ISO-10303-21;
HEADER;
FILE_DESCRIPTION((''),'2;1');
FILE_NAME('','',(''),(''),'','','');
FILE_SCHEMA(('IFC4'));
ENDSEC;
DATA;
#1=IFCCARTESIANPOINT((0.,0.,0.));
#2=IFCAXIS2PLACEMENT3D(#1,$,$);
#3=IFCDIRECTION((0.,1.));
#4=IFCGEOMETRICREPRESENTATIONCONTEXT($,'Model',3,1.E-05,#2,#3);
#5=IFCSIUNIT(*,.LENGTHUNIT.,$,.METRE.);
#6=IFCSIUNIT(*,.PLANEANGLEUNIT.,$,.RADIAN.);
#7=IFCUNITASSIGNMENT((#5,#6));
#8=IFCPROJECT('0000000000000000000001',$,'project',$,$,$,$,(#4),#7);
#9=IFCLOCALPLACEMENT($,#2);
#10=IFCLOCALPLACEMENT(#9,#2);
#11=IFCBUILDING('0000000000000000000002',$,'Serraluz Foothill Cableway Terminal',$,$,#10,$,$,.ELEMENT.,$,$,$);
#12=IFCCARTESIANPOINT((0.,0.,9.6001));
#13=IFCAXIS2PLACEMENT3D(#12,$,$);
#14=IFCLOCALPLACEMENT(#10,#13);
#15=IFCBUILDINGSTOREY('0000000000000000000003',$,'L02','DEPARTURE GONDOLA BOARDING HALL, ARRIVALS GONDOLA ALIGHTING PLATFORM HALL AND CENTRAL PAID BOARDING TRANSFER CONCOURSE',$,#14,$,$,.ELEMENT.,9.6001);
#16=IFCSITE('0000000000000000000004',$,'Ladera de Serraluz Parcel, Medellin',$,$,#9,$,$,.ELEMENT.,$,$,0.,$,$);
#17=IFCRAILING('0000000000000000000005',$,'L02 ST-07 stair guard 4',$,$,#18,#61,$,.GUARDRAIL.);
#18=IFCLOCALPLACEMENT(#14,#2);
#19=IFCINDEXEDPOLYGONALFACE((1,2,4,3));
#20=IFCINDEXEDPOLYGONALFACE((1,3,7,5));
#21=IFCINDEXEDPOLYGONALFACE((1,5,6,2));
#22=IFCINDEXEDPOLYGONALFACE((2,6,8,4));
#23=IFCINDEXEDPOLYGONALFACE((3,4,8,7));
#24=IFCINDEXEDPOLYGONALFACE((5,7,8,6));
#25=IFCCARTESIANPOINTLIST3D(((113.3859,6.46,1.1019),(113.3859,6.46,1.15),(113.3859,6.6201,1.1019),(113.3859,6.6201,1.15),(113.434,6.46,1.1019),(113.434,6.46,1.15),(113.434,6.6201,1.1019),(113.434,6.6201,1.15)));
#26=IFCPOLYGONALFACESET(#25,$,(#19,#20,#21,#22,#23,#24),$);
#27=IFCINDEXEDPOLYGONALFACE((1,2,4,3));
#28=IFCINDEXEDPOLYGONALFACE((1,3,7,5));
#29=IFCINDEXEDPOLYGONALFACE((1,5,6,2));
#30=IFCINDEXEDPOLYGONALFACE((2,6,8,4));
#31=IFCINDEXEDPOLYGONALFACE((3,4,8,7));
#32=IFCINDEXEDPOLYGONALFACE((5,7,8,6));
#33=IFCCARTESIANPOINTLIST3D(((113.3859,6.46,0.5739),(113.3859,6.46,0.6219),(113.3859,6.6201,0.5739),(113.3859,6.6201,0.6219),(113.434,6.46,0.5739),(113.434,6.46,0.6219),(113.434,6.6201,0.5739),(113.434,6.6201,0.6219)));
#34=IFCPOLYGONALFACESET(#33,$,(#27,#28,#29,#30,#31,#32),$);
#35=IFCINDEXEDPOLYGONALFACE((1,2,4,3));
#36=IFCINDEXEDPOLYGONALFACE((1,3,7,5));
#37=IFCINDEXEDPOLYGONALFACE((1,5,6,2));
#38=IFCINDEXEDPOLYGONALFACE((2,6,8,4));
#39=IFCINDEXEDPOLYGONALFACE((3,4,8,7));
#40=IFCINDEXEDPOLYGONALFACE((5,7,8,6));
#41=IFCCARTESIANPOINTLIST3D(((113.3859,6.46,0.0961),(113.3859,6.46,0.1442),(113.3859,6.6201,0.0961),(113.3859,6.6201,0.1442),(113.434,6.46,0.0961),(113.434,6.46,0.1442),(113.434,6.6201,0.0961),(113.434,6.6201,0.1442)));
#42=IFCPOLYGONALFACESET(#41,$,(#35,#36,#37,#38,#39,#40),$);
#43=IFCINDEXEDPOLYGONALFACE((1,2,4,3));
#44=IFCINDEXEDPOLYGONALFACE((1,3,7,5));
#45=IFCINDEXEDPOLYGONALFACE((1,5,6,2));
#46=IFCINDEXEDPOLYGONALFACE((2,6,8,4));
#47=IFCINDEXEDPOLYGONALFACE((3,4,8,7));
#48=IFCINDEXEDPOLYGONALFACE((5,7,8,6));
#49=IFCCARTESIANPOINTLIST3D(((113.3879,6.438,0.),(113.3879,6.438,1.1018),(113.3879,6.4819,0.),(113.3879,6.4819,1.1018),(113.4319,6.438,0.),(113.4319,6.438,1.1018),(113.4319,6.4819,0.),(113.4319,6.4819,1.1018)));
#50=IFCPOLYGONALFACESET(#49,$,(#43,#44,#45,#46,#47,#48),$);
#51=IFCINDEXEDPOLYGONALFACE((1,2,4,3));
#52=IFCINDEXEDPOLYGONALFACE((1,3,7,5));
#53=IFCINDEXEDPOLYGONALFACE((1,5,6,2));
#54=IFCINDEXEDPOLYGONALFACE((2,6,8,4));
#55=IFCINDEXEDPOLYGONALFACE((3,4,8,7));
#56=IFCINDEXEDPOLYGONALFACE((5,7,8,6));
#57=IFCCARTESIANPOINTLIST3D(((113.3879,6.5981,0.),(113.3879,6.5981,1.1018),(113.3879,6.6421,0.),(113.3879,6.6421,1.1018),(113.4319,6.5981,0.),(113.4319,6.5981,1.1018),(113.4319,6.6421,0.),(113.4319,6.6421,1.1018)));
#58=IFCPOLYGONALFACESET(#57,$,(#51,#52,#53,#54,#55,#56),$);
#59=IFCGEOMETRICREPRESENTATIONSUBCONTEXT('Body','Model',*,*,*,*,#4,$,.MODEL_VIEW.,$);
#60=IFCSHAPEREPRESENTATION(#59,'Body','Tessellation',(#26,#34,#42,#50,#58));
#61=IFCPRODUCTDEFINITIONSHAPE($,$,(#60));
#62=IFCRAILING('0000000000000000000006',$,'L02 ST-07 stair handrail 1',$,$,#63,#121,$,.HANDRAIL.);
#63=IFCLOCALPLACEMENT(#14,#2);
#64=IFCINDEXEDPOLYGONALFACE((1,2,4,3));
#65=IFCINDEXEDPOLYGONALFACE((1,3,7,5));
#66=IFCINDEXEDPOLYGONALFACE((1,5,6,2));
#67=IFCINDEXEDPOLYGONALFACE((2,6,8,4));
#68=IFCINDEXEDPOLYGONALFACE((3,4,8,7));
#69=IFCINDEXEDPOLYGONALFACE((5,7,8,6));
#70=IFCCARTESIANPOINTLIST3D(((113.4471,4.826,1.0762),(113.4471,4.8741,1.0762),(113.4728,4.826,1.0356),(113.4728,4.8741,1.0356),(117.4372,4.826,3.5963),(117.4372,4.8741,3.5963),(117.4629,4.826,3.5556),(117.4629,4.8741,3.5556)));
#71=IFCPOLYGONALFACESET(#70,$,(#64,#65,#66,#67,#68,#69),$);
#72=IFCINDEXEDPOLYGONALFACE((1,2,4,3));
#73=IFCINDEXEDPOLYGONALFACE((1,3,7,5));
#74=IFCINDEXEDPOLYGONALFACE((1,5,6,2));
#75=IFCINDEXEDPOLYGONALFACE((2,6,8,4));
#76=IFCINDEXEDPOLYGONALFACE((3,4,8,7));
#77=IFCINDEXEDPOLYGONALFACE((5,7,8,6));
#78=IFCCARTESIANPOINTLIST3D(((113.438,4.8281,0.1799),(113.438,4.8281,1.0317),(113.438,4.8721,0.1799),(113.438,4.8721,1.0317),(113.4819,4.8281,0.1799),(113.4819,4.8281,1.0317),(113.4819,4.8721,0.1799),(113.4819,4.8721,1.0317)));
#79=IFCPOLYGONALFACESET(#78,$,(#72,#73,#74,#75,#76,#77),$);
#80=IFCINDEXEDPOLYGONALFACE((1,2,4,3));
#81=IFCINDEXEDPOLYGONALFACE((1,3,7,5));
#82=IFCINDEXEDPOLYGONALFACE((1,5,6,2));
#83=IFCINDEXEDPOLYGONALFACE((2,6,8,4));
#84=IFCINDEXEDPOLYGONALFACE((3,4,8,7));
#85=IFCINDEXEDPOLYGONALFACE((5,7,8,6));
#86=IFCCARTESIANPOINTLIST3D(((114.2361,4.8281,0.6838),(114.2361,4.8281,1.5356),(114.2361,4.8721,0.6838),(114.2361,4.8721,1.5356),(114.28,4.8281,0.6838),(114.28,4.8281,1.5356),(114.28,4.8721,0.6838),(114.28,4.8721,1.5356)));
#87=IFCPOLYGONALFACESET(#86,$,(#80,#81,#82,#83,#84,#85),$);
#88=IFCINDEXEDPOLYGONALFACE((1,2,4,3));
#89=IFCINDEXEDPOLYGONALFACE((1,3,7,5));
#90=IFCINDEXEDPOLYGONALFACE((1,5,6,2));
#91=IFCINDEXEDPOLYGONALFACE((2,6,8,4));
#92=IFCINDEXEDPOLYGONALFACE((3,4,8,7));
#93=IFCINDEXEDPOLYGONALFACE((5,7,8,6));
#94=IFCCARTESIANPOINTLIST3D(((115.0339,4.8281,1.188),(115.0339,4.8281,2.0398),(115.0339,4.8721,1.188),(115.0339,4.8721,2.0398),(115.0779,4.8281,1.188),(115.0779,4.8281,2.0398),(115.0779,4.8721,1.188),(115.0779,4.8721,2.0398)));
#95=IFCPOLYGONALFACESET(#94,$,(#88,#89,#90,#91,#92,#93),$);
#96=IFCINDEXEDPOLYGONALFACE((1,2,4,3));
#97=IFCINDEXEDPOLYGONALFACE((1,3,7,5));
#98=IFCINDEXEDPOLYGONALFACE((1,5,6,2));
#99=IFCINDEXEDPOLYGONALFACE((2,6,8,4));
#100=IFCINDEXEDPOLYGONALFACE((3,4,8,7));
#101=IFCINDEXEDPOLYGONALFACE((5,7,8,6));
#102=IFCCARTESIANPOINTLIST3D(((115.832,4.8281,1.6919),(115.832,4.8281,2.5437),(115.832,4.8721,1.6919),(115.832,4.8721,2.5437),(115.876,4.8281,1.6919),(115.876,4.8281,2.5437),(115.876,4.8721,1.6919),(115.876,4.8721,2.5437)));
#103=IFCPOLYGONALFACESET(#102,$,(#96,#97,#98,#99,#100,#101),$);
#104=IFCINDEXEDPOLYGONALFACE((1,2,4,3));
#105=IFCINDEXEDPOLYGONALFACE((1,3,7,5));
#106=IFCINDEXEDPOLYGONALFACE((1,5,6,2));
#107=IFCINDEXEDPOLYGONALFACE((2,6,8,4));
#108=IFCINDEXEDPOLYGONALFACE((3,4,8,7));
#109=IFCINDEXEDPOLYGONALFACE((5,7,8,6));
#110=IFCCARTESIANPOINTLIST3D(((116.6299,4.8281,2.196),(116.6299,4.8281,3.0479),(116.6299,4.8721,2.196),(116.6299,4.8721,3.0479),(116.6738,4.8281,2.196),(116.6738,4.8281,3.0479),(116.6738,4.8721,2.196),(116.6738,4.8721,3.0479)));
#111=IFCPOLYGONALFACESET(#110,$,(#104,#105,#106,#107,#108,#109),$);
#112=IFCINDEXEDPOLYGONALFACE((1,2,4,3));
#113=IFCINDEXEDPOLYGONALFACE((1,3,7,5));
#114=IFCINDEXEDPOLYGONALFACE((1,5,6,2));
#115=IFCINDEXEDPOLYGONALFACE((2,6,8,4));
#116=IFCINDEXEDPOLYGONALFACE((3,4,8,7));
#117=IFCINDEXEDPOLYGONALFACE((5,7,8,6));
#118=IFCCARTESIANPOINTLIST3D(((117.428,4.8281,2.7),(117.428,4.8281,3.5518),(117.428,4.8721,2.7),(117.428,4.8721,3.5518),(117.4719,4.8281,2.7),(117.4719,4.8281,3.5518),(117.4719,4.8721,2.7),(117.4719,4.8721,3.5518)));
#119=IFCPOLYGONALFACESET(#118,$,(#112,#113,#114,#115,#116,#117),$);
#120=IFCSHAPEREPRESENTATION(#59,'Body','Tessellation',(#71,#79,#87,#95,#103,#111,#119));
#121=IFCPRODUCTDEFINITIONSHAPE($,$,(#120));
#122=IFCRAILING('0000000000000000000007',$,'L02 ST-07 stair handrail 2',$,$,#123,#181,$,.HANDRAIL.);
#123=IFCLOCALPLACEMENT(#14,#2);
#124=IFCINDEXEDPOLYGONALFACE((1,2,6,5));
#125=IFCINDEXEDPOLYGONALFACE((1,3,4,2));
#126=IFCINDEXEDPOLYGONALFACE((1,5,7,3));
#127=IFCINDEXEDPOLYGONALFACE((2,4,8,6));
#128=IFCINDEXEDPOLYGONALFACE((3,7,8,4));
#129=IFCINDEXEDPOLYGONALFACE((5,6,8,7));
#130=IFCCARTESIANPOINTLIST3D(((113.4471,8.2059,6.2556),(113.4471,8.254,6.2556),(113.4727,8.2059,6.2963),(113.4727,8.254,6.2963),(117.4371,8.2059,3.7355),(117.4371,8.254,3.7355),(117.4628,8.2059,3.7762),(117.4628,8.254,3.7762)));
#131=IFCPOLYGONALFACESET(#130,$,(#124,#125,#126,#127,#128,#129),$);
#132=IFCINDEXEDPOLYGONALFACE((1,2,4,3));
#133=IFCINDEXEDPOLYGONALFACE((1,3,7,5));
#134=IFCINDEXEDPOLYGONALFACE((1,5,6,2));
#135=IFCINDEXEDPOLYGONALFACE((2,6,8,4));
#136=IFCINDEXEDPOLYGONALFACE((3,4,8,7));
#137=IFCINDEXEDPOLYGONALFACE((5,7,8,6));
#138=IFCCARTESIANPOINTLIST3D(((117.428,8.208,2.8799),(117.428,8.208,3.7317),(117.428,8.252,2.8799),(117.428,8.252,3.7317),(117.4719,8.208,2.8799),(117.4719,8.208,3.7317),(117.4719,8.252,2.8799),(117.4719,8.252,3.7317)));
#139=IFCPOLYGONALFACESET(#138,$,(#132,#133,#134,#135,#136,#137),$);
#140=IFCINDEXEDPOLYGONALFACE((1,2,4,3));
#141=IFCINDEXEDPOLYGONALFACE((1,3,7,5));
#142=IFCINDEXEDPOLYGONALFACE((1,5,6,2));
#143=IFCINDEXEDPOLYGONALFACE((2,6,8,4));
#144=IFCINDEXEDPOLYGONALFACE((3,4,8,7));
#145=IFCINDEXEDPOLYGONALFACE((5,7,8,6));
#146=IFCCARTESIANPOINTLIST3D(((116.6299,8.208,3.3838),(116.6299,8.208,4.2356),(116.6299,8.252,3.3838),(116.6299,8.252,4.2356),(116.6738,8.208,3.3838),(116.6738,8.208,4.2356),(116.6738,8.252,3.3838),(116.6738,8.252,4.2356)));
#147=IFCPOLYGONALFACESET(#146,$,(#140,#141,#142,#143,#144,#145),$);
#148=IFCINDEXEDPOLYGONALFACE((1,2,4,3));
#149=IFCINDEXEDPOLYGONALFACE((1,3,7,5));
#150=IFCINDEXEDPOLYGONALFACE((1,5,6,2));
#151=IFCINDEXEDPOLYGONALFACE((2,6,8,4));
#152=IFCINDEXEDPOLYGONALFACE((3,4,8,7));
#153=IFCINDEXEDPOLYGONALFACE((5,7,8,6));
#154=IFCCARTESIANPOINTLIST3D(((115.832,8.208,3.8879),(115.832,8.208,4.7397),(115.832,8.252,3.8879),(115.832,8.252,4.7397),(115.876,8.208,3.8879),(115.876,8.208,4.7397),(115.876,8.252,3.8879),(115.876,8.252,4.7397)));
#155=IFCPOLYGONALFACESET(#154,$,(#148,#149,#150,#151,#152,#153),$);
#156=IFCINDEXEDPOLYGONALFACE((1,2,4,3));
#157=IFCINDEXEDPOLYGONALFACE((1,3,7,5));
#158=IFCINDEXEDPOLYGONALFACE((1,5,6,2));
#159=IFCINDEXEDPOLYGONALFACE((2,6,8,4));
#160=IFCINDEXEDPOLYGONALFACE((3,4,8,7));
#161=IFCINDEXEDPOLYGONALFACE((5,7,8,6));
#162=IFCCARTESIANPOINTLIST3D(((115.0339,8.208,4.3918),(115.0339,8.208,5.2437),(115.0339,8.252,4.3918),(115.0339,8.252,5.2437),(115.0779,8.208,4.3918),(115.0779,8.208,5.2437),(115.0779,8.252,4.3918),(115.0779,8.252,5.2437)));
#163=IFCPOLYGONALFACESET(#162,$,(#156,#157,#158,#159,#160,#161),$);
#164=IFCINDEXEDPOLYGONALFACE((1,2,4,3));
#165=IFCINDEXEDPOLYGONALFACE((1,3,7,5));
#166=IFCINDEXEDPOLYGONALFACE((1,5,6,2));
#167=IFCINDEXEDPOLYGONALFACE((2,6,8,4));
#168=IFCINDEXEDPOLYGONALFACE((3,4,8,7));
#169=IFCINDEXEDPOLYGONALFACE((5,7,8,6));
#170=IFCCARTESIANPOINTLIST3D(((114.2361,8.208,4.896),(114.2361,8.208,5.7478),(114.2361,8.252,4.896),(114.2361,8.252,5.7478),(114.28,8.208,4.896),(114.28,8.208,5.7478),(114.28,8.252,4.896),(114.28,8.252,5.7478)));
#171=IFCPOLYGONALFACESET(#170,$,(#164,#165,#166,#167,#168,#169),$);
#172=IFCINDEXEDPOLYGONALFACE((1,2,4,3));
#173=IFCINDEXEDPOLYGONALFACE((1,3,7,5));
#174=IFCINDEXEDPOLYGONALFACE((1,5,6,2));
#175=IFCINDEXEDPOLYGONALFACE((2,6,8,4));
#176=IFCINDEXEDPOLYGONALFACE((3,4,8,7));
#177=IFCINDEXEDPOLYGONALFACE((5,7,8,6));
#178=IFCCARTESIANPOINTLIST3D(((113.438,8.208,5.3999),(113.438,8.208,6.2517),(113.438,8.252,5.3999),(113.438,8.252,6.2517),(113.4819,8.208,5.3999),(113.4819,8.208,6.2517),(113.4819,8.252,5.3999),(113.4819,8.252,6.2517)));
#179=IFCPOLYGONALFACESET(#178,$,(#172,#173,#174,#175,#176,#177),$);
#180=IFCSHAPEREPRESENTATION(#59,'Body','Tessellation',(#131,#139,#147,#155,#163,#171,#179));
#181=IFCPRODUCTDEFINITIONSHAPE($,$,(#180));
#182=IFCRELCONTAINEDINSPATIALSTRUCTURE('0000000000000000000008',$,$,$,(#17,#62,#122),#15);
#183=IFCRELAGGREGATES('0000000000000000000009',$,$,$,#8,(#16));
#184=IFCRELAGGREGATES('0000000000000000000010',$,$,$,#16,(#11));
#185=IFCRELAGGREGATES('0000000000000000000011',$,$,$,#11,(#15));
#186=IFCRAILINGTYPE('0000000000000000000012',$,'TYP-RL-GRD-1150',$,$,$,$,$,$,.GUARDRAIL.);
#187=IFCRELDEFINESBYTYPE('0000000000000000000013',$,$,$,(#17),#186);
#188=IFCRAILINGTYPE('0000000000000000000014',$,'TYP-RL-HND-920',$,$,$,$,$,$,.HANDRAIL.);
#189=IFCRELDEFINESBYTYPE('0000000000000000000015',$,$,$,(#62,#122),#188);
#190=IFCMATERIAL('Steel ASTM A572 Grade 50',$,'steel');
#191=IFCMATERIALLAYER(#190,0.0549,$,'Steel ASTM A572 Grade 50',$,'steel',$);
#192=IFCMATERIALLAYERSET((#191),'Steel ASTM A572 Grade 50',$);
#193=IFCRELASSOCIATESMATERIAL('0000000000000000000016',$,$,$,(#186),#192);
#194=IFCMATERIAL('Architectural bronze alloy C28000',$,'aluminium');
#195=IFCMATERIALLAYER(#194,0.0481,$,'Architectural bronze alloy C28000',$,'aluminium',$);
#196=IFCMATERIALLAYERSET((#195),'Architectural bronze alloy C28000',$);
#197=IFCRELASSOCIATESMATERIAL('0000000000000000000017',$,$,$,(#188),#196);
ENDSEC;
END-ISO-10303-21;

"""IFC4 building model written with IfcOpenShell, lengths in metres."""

from ifc_helpers import new_model, si_unit, direction, frame, origin, origin_2d, place, context, subcontext, project, spatial, rectangle, extrude, material, layer, layer_set, type_object, element, save


model = new_model("IFC4")

# Units and contexts
model_context = context("Model", 3, precision=1e-05, world=origin(), true_north=direction((0.0, 1.0)))
body_context = subcontext(model_context, "Body", "Model", "MODEL_VIEW")
ifc_project = project(units=[si_unit("LENGTHUNIT", "METRE"), si_unit("PLANEANGLEUNIT", "RADIAN")], contexts=[model_context])

# Site, building, storey
site_placement = place(None, origin())
site = spatial("IfcSite", under=ifc_project, at=site_placement, Name="Ladera de Serraluz Parcel, Medellin", CompositionType="ELEMENT", RefElevation=0.0)
building_placement = place(site_placement, origin())
building = spatial("IfcBuilding", under=site, at=building_placement, Name="Serraluz Foothill Cableway Terminal", CompositionType="ELEMENT")
storey_placement = place(building_placement, frame((0.0, 0.0, 9.6001)))
storey = spatial("IfcBuildingStorey", under=building, at=storey_placement, Name="L02", Description="DEPARTURE GONDOLA BOARDING HALL, ARRIVALS GONDOLA ALIGHTING PLATFORM HALL AND CENTRAL PAID BOARDING TRANSFER CONCOURSE", CompositionType="ELEMENT", Elevation=9.6001)

# Shared definitions
ifc_material_1 = material(Name="Architectural bronze alloy C28000", Category="aluminium")

# Shared definitions
ifc_material_2 = material(Name="Steel ASTM A572 Grade 50", Category="steel")

# Railings
ifc_layer_1 = layer(ifc_material_2, 0.0549, Name="Steel ASTM A572 Grade 50", Category="steel")
ifc_layer_set_1 = layer_set([ifc_layer_1], Name="Steel ASTM A572 Grade 50")
railing_type_1 = type_object("IfcRailingType", Name="TYP-RL-GRD-1150", PredefinedType="GUARDRAIL", material=ifc_layer_set_1)
railing_1_placement = place(storey_placement, frame((113.4099, 6.46, 0.0)))
element("IfcRailing", 1, at=railing_1_placement, inside=storey, type_object=railing_type_1, Name="L02 ST-07 stair guard 4", PredefinedType="GUARDRAIL", context=body_context, shape_type="SweptSolid", body=[
    extrude(rectangle(XDim=0.0481, YDim=0.0481, at=origin_2d()), frame((0.0, 0.0, 1.126), z_axis=(0.0, 1.0, 0.0), x_axis=(-1.0, 0.0, 0.0)), (0.0, 0.0, 1.0), 0.1602),
    extrude(rectangle(XDim=0.0481, YDim=0.0481, at=origin_2d()), frame((0.0, 0.0, 0.5979), z_axis=(0.0, 1.0, 0.0), x_axis=(-1.0, 0.0, 0.0)), (0.0, 0.0, 1.0), 0.1602),
    extrude(rectangle(XDim=0.0481, YDim=0.0481, at=origin_2d()), frame((0.0, 0.0, 0.1201), z_axis=(0.0, 1.0, 0.0), x_axis=(-1.0, 0.0, 0.0)), (0.0, 0.0, 1.0), 0.1602),
    extrude(rectangle(XDim=0.0439, YDim=0.0439, at=origin_2d()), origin(), (0.0, 0.0, 1.0), 1.1018),
    extrude(rectangle(XDim=0.0439, YDim=0.0439, at=origin_2d()), frame((0.0, 0.1602, 0.0)), (0.0, 0.0, 1.0), 1.1018),
])
ifc_layer_2 = layer(ifc_material_1, 0.0481, Name="Architectural bronze alloy C28000", Category="aluminium")
ifc_layer_set_2 = layer_set([ifc_layer_2], Name="Architectural bronze alloy C28000")
railing_type_2 = type_object("IfcRailingType", Name="TYP-RL-HND-920", PredefinedType="HANDRAIL", material=ifc_layer_set_2)
railing_2_placement = place(storey_placement, frame((113.46, 4.8501, 0.1799)))
element("IfcRailing", 2, at=railing_2_placement, inside=storey, type_object=railing_type_2, Name="L02 ST-07 stair handrail 1", PredefinedType="HANDRAIL", context=body_context, shape_type="SweptSolid", body=[
    extrude(rectangle(XDim=0.0481, YDim=0.0481, at=origin_2d()), frame((0.0, 0.0, 0.876), z_axis=(0.845486, 0.0, 0.533997), x_axis=(0.0, 1.0, 0.0)), (0.0, 0.0, 1.0), 4.7192),
    extrude(rectangle(XDim=0.0439, YDim=0.0439, at=origin_2d()), origin(), (0.0, 0.0, 1.0), 0.8518),
    extrude(rectangle(XDim=0.0439, YDim=0.0439, at=origin_2d()), frame((0.7981, 0.0, 0.5039)), (0.0, 0.0, 1.0), 0.8518),
    extrude(rectangle(XDim=0.0439, YDim=0.0439, at=origin_2d()), frame((1.5959, 0.0, 1.0081)), (0.0, 0.0, 1.0), 0.8518),
    extrude(rectangle(XDim=0.0439, YDim=0.0439, at=origin_2d()), frame((2.394, 0.0, 1.512)), (0.0, 0.0, 1.0), 0.8518),
    extrude(rectangle(XDim=0.0439, YDim=0.0439, at=origin_2d()), frame((3.1919, 0.0, 2.0161)), (0.0, 0.0, 1.0), 0.8518),
    extrude(rectangle(XDim=0.0439, YDim=0.0439, at=origin_2d()), frame((3.99, 0.0, 2.52)), (0.0, 0.0, 1.0), 0.8518),
])
railing_3_placement = place(storey_placement, frame((117.45, 8.23, 2.8799)))
element("IfcRailing", 3, at=railing_3_placement, inside=storey, type_object=railing_type_2, Name="L02 ST-07 stair handrail 2", PredefinedType="HANDRAIL", context=body_context, shape_type="SweptSolid", body=[
    extrude(rectangle(XDim=0.0481, YDim=0.0481, at=origin_2d()), frame((0.0, 0.0, 0.876), z_axis=(-0.845486, 0.0, 0.533997), x_axis=(0.0, -1.0, 0.0)), (0.0, 0.0, 1.0), 4.7192),
    extrude(rectangle(XDim=0.0439, YDim=0.0439, at=origin_2d()), origin(), (0.0, 0.0, 1.0), 0.8518),
    extrude(rectangle(XDim=0.0439, YDim=0.0439, at=origin_2d()), frame((-0.7981, 0.0, 0.5039)), (0.0, 0.0, 1.0), 0.8518),
    extrude(rectangle(XDim=0.0439, YDim=0.0439, at=origin_2d()), frame((-1.5959, 0.0, 1.0081)), (0.0, 0.0, 1.0), 0.8518),
    extrude(rectangle(XDim=0.0439, YDim=0.0439, at=origin_2d()), frame((-2.394, 0.0, 1.512)), (0.0, 0.0, 1.0), 0.8518),
    extrude(rectangle(XDim=0.0439, YDim=0.0439, at=origin_2d()), frame((-3.1919, 0.0, 2.0161)), (0.0, 0.0, 1.0), 0.8518),
    extrude(rectangle(XDim=0.0439, YDim=0.0439, at=origin_2d()), frame((-3.99, 0.0, 2.52)), (0.0, 0.0, 1.0), 0.8518),
])

save(model, "model.ifc")
